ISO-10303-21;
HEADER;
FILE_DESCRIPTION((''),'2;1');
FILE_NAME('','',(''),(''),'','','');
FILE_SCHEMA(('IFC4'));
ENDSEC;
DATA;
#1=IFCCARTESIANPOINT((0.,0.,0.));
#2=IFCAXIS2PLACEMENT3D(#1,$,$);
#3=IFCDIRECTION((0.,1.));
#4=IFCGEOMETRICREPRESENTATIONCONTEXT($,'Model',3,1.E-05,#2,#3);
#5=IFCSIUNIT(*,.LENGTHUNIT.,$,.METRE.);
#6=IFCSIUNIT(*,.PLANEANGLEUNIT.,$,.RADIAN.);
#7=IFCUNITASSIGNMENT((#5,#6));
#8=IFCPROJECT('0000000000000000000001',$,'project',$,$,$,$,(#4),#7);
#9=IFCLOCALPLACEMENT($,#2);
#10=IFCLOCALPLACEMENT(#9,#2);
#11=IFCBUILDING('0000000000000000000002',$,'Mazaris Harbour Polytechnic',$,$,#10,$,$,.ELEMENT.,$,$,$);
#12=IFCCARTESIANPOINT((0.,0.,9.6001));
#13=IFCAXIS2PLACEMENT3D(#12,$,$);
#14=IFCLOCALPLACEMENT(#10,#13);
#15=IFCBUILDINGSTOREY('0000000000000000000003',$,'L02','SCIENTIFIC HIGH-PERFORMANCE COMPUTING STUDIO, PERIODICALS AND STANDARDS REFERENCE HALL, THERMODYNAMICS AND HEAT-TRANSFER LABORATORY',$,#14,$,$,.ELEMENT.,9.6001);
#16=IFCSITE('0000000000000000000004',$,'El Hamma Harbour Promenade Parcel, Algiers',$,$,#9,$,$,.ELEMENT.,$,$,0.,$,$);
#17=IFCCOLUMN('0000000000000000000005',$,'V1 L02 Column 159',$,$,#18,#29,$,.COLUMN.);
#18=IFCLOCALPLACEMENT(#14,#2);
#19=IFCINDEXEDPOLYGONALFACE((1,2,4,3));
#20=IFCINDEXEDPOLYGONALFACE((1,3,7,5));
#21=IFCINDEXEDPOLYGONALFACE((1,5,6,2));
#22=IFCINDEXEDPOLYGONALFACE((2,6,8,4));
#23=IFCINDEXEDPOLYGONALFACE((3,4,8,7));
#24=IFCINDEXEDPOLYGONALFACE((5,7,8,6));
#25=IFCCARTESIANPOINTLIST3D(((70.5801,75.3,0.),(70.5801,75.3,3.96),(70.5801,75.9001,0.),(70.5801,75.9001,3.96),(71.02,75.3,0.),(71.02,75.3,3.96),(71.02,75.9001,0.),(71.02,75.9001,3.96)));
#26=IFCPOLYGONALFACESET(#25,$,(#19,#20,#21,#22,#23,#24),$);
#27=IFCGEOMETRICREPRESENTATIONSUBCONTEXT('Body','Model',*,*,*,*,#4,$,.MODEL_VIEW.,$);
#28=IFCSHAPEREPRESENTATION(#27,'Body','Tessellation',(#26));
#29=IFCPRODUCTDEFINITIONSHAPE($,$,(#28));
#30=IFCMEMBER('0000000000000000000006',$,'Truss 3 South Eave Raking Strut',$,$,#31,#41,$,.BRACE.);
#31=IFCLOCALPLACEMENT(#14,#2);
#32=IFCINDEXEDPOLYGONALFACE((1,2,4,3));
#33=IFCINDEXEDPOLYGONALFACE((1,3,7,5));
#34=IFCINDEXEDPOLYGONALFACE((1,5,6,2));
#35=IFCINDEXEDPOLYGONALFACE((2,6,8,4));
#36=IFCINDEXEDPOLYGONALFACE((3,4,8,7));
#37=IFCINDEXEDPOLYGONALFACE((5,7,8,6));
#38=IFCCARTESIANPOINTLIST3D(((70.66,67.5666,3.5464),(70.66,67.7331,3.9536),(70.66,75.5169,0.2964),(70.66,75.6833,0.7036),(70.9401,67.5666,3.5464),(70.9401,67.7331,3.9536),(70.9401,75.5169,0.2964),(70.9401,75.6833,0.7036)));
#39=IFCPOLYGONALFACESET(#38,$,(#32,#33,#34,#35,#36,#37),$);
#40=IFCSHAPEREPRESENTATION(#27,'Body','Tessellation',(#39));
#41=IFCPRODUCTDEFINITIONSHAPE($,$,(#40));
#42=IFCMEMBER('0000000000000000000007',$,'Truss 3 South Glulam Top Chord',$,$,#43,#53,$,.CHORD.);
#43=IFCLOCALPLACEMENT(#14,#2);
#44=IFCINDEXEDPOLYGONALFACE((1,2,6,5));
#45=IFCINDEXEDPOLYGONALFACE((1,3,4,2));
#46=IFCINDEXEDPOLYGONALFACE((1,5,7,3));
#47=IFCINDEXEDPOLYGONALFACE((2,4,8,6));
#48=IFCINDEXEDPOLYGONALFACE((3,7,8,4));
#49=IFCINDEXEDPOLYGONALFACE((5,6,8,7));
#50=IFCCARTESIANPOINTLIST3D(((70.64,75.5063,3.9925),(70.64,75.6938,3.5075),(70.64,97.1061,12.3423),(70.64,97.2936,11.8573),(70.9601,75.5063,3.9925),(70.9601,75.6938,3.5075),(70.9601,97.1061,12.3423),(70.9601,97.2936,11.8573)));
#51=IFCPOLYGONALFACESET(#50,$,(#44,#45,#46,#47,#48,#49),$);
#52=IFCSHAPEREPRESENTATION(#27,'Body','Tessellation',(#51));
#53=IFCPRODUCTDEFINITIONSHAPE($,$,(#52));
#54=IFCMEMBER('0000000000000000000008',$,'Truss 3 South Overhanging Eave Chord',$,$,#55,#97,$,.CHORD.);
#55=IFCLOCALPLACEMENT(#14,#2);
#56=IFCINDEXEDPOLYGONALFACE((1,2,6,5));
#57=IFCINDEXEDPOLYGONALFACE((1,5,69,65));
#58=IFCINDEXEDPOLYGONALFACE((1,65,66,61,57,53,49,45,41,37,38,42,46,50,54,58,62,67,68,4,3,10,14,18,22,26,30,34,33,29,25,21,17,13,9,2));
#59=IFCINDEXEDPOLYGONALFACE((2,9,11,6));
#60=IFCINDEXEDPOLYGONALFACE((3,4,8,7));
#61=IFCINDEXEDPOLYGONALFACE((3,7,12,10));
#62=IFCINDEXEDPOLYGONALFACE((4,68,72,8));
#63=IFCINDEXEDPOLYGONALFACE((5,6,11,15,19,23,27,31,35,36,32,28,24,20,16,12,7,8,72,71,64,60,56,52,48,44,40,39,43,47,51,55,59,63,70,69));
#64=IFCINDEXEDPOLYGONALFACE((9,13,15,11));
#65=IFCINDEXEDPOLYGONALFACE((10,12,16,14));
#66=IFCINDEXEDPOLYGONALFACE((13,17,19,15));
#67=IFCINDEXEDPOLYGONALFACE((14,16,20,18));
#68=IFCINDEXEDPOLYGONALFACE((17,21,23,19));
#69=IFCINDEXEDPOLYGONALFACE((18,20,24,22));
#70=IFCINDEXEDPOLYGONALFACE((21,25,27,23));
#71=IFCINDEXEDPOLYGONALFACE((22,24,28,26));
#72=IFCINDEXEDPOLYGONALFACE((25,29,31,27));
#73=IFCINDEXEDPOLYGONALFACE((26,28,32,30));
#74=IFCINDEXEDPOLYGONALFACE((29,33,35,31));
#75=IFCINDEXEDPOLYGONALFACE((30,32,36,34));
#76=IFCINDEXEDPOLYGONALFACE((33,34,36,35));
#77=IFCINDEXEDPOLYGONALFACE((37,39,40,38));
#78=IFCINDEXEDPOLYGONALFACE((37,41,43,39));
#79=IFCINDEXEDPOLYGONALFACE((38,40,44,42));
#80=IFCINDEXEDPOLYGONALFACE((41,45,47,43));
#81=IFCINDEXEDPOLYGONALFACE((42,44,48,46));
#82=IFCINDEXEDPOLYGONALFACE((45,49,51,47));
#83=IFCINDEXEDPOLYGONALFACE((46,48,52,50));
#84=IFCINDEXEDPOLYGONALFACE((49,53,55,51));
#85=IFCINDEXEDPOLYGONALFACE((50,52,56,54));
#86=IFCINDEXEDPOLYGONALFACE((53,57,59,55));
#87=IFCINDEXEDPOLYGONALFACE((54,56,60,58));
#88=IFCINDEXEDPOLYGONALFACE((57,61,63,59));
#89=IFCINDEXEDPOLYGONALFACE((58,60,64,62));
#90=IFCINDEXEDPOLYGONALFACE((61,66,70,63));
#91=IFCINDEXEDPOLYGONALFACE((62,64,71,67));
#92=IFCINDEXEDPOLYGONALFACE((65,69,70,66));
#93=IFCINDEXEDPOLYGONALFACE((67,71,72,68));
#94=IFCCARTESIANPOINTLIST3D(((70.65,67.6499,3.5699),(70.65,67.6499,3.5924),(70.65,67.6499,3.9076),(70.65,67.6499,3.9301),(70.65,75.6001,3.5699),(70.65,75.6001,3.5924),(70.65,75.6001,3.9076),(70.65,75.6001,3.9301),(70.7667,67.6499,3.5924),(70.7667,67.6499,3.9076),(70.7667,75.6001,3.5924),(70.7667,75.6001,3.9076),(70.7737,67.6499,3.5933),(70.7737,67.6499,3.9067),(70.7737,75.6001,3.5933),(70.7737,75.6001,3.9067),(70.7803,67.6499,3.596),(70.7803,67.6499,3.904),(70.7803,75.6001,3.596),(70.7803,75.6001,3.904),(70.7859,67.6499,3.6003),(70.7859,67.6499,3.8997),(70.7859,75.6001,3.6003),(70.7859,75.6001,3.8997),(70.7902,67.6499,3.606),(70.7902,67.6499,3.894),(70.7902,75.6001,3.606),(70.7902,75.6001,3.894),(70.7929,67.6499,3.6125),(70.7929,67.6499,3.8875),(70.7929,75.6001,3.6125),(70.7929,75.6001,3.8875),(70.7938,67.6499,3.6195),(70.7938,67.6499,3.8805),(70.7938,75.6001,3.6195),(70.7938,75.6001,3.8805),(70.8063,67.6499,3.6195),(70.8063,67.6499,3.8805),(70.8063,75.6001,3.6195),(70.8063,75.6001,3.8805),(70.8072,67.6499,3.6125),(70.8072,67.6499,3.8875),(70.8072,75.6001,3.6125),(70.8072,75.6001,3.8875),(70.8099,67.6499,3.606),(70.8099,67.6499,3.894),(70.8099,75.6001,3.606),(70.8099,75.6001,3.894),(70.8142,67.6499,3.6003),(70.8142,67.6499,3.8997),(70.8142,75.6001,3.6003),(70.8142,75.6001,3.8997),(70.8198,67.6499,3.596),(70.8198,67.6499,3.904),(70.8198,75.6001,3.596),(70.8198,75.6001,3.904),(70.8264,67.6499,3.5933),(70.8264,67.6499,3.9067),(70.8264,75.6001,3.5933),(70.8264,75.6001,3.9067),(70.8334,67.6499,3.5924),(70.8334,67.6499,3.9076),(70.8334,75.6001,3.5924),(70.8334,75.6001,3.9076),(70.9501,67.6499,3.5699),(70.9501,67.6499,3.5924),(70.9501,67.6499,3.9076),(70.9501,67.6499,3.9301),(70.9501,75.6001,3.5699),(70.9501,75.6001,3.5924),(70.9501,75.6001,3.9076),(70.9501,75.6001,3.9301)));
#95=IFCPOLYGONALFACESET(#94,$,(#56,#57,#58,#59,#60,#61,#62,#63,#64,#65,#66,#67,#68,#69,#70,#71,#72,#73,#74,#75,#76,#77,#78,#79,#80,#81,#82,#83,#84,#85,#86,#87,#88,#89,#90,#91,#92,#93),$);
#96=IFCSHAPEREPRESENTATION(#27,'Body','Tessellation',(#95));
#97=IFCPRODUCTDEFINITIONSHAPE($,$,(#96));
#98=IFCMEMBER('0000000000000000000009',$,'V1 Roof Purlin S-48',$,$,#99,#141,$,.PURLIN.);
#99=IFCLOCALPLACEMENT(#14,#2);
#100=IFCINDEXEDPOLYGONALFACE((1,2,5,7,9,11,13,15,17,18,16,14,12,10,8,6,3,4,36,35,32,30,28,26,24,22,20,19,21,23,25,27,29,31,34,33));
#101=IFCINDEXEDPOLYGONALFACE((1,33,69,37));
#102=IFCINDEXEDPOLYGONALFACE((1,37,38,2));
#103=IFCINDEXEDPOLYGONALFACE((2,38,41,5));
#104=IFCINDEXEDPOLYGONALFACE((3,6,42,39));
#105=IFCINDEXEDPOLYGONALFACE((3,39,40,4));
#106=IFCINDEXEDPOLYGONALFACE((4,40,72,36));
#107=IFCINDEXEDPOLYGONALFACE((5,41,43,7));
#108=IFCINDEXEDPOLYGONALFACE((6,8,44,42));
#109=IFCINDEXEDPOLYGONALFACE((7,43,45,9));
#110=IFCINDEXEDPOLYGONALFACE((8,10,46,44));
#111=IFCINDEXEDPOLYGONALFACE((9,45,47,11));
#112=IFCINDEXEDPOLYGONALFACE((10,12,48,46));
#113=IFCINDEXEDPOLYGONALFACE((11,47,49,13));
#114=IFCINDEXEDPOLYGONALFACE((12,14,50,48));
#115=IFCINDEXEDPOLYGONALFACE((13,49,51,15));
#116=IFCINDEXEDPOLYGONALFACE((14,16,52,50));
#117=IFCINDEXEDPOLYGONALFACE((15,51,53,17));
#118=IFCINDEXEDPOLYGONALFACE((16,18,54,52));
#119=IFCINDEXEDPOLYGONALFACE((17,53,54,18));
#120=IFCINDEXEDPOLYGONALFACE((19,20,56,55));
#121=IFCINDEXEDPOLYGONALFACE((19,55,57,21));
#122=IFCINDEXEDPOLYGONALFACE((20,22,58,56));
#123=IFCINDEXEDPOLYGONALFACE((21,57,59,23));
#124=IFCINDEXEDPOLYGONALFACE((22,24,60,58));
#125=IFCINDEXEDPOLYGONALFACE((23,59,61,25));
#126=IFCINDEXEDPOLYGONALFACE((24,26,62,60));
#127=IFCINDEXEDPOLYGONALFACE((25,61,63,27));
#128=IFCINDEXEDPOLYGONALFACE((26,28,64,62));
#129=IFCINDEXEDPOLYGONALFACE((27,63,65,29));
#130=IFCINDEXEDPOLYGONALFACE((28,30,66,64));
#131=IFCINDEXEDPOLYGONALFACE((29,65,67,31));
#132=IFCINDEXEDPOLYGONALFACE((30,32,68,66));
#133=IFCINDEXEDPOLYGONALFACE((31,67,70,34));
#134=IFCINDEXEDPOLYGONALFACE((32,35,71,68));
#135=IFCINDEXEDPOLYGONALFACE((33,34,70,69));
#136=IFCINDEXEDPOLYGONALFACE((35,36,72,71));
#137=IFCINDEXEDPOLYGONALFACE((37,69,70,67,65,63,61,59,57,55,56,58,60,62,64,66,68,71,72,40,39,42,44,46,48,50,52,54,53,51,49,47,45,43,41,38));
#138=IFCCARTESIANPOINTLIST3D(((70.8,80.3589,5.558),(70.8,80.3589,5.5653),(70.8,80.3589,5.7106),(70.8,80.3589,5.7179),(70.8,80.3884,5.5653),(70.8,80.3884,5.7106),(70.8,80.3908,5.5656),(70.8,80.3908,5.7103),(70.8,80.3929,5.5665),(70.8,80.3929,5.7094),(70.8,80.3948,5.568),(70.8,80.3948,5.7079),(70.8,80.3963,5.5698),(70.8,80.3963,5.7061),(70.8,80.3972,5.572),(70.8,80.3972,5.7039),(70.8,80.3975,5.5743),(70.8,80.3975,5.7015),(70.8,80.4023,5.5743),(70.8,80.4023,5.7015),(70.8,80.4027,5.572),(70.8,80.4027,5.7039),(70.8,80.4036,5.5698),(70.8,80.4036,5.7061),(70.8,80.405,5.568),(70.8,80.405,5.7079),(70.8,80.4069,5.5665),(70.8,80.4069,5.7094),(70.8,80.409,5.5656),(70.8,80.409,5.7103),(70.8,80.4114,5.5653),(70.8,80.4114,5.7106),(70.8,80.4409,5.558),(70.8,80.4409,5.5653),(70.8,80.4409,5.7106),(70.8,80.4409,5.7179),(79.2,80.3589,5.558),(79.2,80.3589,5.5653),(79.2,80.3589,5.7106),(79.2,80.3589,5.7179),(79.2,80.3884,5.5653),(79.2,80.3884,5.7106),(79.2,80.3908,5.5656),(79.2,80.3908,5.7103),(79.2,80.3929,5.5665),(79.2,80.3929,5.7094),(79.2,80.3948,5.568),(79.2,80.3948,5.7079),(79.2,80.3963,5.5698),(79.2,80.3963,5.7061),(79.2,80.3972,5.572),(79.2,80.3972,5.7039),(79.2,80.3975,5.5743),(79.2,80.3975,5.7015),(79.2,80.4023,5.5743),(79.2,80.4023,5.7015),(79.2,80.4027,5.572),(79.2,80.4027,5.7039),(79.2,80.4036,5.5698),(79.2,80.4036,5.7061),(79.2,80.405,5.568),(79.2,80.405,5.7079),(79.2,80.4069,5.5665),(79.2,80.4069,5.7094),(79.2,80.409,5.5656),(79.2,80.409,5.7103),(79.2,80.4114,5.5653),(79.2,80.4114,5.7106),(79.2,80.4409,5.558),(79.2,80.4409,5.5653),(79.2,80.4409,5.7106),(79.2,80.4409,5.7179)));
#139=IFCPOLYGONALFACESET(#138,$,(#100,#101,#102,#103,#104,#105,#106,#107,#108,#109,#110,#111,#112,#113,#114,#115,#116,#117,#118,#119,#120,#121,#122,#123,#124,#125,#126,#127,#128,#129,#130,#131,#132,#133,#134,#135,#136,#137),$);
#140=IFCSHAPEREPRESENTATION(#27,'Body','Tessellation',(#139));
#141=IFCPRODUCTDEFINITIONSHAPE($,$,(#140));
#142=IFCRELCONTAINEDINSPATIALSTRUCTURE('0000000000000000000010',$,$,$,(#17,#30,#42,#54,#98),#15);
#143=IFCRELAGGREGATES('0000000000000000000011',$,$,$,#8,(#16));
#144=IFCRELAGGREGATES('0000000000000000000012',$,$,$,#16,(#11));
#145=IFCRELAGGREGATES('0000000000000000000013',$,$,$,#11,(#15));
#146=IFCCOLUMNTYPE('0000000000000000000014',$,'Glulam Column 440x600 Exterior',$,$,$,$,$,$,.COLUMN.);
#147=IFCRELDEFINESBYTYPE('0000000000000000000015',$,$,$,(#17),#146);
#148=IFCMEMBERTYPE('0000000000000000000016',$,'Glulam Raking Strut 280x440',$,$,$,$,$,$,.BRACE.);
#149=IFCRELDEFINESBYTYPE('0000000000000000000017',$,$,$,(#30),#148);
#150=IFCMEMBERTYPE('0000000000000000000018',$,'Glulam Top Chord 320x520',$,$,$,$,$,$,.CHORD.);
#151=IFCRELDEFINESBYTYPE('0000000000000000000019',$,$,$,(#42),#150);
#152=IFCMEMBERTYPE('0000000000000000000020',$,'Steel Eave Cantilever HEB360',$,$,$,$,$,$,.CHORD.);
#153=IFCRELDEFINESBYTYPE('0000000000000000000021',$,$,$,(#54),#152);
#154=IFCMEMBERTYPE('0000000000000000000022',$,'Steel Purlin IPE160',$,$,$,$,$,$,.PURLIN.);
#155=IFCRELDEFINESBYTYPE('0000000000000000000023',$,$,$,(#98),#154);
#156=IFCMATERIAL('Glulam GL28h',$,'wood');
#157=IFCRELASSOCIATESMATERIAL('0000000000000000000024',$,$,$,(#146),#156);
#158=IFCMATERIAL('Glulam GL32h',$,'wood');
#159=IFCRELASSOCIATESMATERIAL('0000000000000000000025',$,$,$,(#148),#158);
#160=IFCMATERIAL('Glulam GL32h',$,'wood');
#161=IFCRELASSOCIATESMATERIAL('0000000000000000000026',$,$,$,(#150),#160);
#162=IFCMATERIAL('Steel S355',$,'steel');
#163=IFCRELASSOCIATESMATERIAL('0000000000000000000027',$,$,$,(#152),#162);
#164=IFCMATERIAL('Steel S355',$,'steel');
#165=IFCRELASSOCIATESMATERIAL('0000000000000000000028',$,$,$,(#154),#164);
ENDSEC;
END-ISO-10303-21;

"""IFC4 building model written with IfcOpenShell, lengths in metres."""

from ifc_helpers import new_model, si_unit, direction, frame, origin, origin_2d, place, context, subcontext, project, spatial, rectangle, i_section, extrude, material, material_profile, profile_set, type_object, element, save


model = new_model("IFC4")

# Units and contexts
model_context = context("Model", 3, precision=1e-05, world=origin(), true_north=direction((0.0, 1.0)))
body_context = subcontext(model_context, "Body", "Model", "MODEL_VIEW")
ifc_project = project(units=[si_unit("LENGTHUNIT", "METRE"), si_unit("PLANEANGLEUNIT", "RADIAN")], contexts=[model_context])

# Site, building, storey
site_placement = place(None, origin())
site = spatial("IfcSite", under=ifc_project, at=site_placement, Name="El Hamma Harbour Promenade Parcel, Algiers", CompositionType="ELEMENT", RefElevation=0.0)
building_placement = place(site_placement, origin())
building = spatial("IfcBuilding", under=site, at=building_placement, Name="Mazaris Harbour Polytechnic", CompositionType="ELEMENT")
storey_placement = place(building_placement, frame((0.0, 0.0, 9.6001)))
storey = spatial("IfcBuildingStorey", under=building, at=storey_placement, Name="L02", Description="SCIENTIFIC HIGH-PERFORMANCE COMPUTING STUDIO, PERIODICALS AND STANDARDS REFERENCE HALL, THERMODYNAMICS AND HEAT-TRANSFER LABORATORY", CompositionType="ELEMENT", Elevation=9.6001)

# Column
ifc_material_1 = material(Name="Glulam GL28h", Category="wood")
ifc_material_profile_1 = material_profile(ifc_material_1, rectangle(XDim=0.4399, YDim=0.6001, at=origin_2d()), Name="RECT440x600")
ifc_profile_set_1 = profile_set([ifc_material_profile_1], Name="Glulam GL28h")
column_type = type_object("IfcColumnType", Name="Glulam Column 440x600 Exterior", PredefinedType="COLUMN", material=ifc_profile_set_1)
column_placement = place(storey_placement, frame((70.8, 75.6001, 0.0), z_axis=(0.0, 0.0, 1.0), x_axis=(1.0, 0.0, 0.0)))
element("IfcColumn", 1, at=column_placement, inside=storey, type_object=column_type, Name="V1 L02 Column 159", PredefinedType="COLUMN", context=body_context, shape_type="SweptSolid", body=[
    extrude(rectangle(XDim=0.4399, YDim=0.6001, at=origin_2d()), origin(), (0.0, 0.0, 1.0), 3.96),
])

# Members
ifc_material_2 = material(Name="Glulam GL32h", Category="wood")
ifc_material_profile_2 = material_profile(ifc_material_2, rectangle(XDim=0.28, YDim=0.4399, at=origin_2d()), Name="RECT280x440")
ifc_profile_set_2 = profile_set([ifc_material_profile_2], Name="Glulam GL32h")
member_type_1 = type_object("IfcMemberType", Name="Glulam Raking Strut 280x440", PredefinedType="BRACE", material=ifc_profile_set_2)
member_1_placement = place(storey_placement, frame((70.8, 75.6001, 0.5), z_axis=(0.0, -0.925643, 0.378398), x_axis=(1.0, 0.0, 0.0)))
element("IfcMember", 2, at=member_1_placement, inside=storey, type_object=member_type_1, Name="Truss 3 South Eave Raking Strut", PredefinedType="BRACE", context=body_context, shape_type="SweptSolid", body=[
    extrude(rectangle(XDim=0.28, YDim=0.4399, at=origin_2d()), origin(), (0.0, 0.0, 1.0), 8.5889),
])
ifc_material_3 = material(Name="Glulam GL32h", Category="wood")
ifc_material_profile_3 = material_profile(ifc_material_3, rectangle(XDim=0.3201, YDim=0.52, at=origin_2d()), Name="RECT320x520")
ifc_profile_set_3 = profile_set([ifc_material_profile_3], Name="Glulam GL32h")
member_type_2 = type_object("IfcMemberType", Name="Glulam Top Chord 320x520", PredefinedType="CHORD", material=ifc_profile_set_3)
member_2_placement = place(storey_placement, frame((70.8, 75.6001, 3.75), z_axis=(0.0, 0.932733, 0.360567), x_axis=(-1.0, 0.0, 0.0)))
element("IfcMember", 3, at=member_2_placement, inside=storey, type_object=member_type_2, Name="Truss 3 South Glulam Top Chord", PredefinedType="CHORD", context=body_context, shape_type="SweptSolid", body=[
    extrude(rectangle(XDim=0.3201, YDim=0.52, at=origin_2d()), origin(), (0.0, 0.0, 1.0), 23.1575),
])
ifc_material_4 = material(Name="Steel S355", Category="steel")
ifc_material_profile_4 = material_profile(ifc_material_4, i_section(OverallWidth=0.3, OverallDepth=0.3601, WebThickness=0.0125, FlangeThickness=0.0225, FilletRadius=0.0271, at=origin_2d()), Name="HEB 360")
ifc_profile_set_4 = profile_set([ifc_material_profile_4], Name="Steel S355")
member_type_3 = type_object("IfcMemberType", Name="Steel Eave Cantilever HEB360", PredefinedType="CHORD", material=ifc_profile_set_4)
member_3_placement = place(storey_placement, frame((70.8, 75.6001, 3.75), z_axis=(0.0, -1.0, 0.0), x_axis=(1.0, 0.0, 0.0)))
element("IfcMember", 4, at=member_3_placement, inside=storey, type_object=member_type_3, Name="Truss 3 South Overhanging Eave Chord", PredefinedType="CHORD", context=body_context, shape_type="SweptSolid", body=[
    extrude(i_section(OverallWidth=0.3, OverallDepth=0.3601, WebThickness=0.0125, FlangeThickness=0.0225, FilletRadius=0.0271, at=origin_2d()), origin(), (0.0, 0.0, 1.0), 7.9502),
])
ifc_material_5 = material(Name="Steel S355", Category="steel")
ifc_material_profile_5 = material_profile(ifc_material_5, i_section(OverallWidth=0.082, OverallDepth=0.1599, WebThickness=0.0049, FlangeThickness=0.0073, FilletRadius=0.009, at=origin_2d()), Name="IPE 160")
ifc_profile_set_5 = profile_set([ifc_material_profile_5], Name="Steel S355")
member_type_4 = type_object("IfcMemberType", Name="Steel Purlin IPE160", PredefinedType="PURLIN", material=ifc_profile_set_5)
member_4_placement = place(storey_placement, frame((70.8, 80.3999, 5.6379), z_axis=(1.0, 0.0, 0.0), x_axis=(0.0, 1.0, 0.0)))
element("IfcMember", 5, at=member_4_placement, inside=storey, type_object=member_type_4, Name="V1 Roof Purlin S-48", PredefinedType="PURLIN", context=body_context, shape_type="SweptSolid", body=[
    extrude(i_section(OverallWidth=0.082, OverallDepth=0.1599, WebThickness=0.0049, FlangeThickness=0.0073, FilletRadius=0.009, at=origin_2d()), origin(), (0.0, 0.0, 1.0), 8.3999),
])

save(model, "model.ifc")
